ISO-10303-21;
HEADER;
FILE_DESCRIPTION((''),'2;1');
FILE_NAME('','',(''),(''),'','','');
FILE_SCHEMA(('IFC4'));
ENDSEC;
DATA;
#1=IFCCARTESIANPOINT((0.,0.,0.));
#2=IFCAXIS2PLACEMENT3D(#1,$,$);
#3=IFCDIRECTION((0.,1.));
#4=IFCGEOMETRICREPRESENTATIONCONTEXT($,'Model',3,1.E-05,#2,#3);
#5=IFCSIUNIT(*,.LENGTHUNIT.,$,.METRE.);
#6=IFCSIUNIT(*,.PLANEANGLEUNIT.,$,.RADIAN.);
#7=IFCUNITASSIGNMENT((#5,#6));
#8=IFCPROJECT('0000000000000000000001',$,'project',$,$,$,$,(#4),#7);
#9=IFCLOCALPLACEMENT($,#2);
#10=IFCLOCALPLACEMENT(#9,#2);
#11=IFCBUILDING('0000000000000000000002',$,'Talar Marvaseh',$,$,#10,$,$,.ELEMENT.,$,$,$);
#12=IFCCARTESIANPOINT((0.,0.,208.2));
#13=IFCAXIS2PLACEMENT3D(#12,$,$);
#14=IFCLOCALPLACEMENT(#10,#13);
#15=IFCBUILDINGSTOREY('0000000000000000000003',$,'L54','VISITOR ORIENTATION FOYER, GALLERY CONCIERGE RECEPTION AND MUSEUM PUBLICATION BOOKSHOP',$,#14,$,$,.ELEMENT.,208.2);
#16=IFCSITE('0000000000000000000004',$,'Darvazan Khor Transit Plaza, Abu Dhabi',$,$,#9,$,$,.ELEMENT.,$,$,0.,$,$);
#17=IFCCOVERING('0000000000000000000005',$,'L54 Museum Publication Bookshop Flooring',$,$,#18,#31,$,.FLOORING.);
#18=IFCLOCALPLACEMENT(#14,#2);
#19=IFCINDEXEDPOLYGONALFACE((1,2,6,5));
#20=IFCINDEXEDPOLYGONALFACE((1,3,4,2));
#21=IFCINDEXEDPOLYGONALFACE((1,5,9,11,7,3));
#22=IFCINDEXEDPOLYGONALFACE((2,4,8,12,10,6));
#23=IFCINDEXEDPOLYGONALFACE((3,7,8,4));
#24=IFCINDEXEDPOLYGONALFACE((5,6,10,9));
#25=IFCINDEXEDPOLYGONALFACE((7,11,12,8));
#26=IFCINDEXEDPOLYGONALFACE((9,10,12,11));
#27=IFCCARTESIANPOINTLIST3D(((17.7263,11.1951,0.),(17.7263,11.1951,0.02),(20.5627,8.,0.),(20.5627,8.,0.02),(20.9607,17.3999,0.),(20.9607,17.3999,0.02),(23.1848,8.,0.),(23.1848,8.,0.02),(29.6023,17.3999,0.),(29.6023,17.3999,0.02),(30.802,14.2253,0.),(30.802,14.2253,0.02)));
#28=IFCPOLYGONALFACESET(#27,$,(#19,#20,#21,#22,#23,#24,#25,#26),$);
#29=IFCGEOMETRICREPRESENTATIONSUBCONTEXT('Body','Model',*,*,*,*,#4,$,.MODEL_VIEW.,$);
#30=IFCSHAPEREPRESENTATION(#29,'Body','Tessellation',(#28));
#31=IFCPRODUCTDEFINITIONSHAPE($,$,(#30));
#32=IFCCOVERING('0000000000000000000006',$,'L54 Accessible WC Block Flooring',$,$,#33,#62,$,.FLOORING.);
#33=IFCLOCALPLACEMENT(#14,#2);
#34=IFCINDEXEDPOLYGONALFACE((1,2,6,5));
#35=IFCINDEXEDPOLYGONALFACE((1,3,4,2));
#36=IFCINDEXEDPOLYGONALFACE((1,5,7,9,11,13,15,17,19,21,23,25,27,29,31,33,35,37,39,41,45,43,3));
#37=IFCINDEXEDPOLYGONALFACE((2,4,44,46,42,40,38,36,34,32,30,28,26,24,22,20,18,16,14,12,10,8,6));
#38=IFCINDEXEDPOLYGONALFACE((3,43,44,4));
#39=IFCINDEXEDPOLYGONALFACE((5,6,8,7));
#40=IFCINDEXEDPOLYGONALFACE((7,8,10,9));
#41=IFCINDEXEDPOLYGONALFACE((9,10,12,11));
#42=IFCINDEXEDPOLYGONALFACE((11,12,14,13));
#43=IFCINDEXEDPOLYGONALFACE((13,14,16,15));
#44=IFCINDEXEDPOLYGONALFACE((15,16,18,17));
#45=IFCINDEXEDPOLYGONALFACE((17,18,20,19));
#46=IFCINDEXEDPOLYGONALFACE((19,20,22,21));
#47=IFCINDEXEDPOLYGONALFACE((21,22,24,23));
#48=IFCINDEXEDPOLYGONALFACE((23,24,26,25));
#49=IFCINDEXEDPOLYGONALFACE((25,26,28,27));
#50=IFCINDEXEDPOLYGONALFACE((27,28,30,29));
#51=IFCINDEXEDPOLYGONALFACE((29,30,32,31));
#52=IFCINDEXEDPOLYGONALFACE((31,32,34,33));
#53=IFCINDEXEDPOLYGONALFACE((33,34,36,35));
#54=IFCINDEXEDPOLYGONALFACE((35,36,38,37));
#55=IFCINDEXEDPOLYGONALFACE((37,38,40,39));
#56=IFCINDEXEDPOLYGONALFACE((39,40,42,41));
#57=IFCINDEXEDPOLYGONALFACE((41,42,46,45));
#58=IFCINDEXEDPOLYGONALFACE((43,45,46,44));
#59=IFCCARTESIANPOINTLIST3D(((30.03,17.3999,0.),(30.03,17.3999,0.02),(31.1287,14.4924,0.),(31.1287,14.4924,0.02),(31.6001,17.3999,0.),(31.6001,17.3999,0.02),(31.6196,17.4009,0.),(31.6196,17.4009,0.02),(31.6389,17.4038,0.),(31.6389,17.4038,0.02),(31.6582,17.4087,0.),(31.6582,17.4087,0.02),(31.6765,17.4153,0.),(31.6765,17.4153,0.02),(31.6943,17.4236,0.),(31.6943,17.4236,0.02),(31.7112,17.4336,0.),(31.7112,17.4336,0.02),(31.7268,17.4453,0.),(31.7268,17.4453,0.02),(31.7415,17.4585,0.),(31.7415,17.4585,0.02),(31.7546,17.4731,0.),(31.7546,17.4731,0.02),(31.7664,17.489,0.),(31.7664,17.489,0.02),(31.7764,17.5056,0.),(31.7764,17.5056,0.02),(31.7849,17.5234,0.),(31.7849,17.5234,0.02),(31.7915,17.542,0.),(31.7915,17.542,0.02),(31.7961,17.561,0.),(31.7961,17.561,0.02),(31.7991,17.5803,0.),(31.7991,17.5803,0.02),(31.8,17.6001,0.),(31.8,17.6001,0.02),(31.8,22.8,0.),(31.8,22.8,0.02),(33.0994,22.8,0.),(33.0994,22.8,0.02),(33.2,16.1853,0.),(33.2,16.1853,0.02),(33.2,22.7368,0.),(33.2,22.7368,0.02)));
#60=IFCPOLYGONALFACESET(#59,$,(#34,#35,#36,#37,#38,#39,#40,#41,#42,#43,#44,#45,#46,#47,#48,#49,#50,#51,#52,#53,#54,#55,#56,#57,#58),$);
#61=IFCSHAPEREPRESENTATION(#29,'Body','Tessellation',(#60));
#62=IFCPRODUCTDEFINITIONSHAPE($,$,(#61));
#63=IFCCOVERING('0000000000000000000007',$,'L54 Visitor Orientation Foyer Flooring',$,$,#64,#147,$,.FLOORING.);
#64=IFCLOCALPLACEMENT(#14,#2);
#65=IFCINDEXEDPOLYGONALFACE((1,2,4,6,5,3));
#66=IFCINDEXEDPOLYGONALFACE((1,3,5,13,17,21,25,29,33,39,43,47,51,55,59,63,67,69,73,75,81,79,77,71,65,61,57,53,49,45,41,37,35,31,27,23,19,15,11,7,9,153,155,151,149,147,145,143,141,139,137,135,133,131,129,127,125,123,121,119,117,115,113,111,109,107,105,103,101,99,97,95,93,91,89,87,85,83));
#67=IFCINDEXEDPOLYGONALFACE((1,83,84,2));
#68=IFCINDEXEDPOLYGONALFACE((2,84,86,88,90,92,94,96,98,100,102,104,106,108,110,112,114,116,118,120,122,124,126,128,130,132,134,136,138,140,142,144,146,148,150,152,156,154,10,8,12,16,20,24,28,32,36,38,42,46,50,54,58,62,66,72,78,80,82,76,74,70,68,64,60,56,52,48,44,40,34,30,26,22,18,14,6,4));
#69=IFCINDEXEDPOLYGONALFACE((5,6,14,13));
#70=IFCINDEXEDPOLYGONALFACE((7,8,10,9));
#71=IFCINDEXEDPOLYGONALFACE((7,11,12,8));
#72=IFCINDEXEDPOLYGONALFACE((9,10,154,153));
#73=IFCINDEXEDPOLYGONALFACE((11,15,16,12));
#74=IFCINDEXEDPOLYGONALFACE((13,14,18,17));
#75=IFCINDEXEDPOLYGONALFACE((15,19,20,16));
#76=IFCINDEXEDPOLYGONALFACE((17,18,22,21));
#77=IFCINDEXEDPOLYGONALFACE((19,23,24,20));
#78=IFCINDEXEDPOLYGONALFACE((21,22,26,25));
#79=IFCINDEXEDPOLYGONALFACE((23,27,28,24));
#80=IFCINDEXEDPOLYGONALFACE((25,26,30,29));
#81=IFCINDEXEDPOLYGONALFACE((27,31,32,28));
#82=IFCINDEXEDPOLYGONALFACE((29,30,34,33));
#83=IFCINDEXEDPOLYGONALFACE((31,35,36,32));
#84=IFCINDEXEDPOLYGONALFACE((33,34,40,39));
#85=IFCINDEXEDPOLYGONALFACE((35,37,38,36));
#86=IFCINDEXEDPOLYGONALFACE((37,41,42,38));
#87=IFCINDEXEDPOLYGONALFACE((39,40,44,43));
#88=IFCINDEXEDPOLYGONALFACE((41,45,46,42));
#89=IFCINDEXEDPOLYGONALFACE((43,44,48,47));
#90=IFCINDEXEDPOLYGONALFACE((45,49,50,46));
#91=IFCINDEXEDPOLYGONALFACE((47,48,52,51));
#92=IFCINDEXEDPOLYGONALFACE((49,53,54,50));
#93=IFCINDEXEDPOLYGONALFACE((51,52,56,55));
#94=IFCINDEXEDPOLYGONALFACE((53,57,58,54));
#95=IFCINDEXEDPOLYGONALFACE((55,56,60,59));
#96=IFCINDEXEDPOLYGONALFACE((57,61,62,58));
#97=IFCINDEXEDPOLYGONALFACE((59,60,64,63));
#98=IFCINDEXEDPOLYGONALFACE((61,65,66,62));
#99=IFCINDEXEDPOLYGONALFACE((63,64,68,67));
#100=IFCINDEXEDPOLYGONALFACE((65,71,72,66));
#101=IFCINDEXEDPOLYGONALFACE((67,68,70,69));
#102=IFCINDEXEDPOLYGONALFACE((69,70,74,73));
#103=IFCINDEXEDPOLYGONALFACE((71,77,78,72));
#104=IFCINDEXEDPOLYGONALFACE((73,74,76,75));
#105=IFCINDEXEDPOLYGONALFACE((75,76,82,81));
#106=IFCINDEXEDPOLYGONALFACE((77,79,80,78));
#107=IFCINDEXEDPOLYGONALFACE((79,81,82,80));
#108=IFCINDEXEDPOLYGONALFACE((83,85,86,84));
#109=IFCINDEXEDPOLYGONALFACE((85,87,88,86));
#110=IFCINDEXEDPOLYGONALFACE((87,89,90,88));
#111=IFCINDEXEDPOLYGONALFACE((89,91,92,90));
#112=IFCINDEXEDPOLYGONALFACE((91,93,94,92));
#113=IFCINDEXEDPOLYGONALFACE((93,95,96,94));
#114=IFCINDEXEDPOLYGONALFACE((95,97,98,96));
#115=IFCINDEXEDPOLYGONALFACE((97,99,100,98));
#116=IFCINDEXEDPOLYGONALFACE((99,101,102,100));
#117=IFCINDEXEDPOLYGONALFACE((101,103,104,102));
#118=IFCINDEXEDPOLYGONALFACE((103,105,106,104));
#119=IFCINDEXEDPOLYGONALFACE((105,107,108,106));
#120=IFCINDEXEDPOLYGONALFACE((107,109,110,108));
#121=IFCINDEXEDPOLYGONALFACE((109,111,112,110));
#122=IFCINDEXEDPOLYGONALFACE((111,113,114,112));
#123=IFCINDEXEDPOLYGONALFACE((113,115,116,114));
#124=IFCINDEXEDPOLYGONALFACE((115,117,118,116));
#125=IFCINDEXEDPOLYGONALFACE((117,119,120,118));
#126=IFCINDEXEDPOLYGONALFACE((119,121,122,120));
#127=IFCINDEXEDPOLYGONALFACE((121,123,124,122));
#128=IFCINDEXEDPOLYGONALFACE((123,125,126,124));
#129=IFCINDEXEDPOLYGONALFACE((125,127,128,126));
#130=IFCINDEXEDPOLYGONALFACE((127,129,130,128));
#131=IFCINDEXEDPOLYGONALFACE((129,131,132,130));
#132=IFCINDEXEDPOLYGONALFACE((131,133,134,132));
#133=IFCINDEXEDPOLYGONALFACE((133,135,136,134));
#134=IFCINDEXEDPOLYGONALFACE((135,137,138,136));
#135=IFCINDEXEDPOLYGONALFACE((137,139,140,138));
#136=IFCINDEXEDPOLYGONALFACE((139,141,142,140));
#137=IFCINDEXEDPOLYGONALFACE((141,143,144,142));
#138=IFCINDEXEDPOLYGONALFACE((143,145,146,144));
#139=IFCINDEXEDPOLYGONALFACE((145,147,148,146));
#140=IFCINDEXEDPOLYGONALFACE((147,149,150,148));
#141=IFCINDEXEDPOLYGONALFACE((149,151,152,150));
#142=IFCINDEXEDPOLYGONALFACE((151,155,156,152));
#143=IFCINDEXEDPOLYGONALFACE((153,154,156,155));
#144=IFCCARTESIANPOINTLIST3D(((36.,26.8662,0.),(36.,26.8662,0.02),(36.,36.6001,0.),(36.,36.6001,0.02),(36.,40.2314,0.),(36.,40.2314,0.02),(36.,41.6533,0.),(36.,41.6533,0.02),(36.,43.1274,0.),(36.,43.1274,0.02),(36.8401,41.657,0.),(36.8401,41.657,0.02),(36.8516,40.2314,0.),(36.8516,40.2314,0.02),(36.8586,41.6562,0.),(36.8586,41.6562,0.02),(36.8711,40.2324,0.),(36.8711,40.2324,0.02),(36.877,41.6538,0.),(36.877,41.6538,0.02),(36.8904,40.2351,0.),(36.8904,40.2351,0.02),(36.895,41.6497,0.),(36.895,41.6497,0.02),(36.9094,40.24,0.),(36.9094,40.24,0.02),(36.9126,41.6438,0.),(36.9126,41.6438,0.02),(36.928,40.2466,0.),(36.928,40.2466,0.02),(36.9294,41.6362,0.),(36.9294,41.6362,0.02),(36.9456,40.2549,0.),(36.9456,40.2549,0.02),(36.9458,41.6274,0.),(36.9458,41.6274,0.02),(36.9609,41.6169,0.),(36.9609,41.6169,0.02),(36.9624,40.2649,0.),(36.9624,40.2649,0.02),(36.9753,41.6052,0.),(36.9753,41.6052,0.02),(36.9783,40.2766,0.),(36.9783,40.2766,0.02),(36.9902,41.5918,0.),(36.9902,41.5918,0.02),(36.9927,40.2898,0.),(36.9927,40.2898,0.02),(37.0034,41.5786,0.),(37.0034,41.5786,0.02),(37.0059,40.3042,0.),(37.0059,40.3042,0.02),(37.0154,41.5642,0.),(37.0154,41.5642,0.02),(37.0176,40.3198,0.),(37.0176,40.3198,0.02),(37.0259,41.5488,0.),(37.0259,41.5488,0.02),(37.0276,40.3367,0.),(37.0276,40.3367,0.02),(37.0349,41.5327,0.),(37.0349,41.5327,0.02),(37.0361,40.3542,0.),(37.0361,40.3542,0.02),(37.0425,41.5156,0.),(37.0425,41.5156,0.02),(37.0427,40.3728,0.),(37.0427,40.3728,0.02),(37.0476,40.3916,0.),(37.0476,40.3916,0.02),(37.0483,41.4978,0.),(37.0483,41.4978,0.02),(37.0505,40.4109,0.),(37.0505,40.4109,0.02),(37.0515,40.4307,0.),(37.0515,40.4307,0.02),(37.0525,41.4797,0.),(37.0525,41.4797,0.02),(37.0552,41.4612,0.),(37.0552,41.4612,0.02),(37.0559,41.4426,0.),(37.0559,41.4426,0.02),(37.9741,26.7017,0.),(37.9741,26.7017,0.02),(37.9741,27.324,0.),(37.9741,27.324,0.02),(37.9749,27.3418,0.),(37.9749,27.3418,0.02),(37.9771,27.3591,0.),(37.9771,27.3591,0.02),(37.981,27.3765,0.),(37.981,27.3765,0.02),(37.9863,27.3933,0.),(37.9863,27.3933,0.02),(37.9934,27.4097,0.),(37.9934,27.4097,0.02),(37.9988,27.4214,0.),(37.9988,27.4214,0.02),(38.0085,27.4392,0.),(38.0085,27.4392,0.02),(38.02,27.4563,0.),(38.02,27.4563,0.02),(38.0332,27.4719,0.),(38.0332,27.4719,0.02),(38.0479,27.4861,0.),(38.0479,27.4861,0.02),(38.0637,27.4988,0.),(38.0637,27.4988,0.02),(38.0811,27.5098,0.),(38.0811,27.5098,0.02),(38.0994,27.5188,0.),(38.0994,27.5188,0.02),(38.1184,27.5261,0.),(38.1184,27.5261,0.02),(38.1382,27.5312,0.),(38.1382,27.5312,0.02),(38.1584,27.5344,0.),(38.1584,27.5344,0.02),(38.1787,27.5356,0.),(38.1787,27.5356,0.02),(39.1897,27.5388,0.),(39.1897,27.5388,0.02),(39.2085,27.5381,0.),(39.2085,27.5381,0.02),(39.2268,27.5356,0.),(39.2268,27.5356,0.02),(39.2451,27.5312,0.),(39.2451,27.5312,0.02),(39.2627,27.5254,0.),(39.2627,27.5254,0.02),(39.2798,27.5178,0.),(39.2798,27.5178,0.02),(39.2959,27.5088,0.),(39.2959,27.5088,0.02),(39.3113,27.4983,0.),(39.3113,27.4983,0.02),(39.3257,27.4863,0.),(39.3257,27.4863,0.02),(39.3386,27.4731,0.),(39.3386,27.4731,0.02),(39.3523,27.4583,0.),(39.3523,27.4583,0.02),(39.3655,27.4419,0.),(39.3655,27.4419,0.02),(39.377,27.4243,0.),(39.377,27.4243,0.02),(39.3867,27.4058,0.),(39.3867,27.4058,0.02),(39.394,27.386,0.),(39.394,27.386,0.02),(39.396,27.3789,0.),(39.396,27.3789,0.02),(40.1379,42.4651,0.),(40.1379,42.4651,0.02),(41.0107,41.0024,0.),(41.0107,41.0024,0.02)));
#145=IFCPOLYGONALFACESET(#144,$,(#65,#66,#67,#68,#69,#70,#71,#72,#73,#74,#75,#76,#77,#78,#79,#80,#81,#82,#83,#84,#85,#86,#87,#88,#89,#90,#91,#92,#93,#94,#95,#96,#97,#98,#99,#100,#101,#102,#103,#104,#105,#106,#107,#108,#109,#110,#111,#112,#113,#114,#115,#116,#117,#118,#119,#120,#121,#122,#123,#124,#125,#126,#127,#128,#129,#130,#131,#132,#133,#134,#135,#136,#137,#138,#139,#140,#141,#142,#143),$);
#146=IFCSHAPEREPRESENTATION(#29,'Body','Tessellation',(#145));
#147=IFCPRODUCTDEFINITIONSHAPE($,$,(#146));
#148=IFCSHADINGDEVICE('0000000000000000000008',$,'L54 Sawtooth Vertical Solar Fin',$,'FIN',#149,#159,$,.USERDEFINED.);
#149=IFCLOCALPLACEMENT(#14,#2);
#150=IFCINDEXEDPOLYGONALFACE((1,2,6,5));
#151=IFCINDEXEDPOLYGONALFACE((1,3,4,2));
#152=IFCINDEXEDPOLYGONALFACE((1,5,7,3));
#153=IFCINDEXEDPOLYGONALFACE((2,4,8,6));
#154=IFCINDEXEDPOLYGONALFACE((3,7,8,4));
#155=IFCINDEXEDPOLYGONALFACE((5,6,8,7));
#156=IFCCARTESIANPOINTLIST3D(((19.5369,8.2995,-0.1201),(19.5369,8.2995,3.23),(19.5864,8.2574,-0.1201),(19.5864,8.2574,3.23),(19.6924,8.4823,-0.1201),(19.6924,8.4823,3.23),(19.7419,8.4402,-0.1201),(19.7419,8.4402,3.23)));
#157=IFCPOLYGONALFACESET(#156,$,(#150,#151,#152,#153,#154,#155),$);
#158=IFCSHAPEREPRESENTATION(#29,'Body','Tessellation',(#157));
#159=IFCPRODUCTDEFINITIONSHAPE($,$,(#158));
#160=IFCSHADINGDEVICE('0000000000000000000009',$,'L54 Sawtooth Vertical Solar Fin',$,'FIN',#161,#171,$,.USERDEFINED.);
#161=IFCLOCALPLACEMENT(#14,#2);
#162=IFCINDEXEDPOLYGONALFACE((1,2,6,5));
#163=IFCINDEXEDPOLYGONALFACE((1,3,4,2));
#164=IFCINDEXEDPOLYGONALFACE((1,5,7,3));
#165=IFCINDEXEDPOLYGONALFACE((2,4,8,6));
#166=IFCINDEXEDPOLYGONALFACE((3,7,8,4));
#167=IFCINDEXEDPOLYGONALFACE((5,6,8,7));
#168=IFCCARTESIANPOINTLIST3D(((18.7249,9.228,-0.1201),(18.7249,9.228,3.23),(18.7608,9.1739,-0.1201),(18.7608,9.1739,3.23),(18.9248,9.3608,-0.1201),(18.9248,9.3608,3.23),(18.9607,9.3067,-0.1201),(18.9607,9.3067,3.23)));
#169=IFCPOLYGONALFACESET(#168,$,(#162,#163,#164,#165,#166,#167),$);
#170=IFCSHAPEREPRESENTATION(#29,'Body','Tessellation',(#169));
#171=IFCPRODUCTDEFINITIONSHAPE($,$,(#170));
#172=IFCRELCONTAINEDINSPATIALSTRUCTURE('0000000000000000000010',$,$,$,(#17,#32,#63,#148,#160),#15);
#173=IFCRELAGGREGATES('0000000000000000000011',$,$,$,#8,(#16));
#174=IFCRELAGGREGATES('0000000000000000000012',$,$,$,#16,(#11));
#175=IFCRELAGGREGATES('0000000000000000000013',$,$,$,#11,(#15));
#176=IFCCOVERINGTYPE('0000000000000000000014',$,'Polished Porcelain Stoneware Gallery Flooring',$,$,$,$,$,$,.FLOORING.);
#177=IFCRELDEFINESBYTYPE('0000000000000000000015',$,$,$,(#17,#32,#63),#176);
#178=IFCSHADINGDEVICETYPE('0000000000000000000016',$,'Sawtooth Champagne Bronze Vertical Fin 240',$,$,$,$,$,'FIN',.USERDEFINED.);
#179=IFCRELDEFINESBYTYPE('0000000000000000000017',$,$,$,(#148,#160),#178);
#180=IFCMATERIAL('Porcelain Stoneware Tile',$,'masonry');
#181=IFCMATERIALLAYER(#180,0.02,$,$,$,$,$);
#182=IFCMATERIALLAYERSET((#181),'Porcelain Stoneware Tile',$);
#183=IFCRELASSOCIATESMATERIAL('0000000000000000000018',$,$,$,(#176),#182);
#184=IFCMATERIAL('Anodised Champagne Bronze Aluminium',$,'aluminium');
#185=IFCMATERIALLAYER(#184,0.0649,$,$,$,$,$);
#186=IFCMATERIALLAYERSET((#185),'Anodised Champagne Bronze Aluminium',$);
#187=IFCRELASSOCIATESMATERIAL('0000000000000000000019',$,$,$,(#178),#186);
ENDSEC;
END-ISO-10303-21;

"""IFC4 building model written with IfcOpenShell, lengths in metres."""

from ifc_helpers import new_model, si_unit, direction, frame, origin, origin_2d, place, context, subcontext, project, spatial, polyline, rectangle, outline, extrude, source, transform, mapped, material, layer, layer_set, type_object, type_shapes, element, save


model = new_model("IFC4")

# Units and contexts
model_context = context("Model", 3, precision=1e-05, world=origin(), true_north=direction((0.0, 1.0)))
body_context = subcontext(model_context, "Body", "Model", "MODEL_VIEW")
ifc_project = project(units=[si_unit("LENGTHUNIT", "METRE"), si_unit("PLANEANGLEUNIT", "RADIAN")], contexts=[model_context])

# Site, building, storey
site_placement = place(None, origin())
site = spatial("IfcSite", under=ifc_project, at=site_placement, Name="Darvazan Khor Transit Plaza, Abu Dhabi", CompositionType="ELEMENT", RefElevation=0.0)
building_placement = place(site_placement, origin())
building = spatial("IfcBuilding", under=site, at=building_placement, Name="Talar Marvaseh", CompositionType="ELEMENT")
storey_placement = place(building_placement, frame((0.0, 0.0, 208.2)))
storey = spatial("IfcBuildingStorey", under=building, at=storey_placement, Name="L54", Description="VISITOR ORIENTATION FOYER, GALLERY CONCIERGE RECEPTION AND MUSEUM PUBLICATION BOOKSHOP", CompositionType="ELEMENT", Elevation=208.2)

# Coverings
ifc_material_1 = material(Name="Porcelain Stoneware Tile", Category="masonry")
ifc_layer_1 = layer(ifc_material_1, 0.02)
ifc_layer_set_1 = layer_set([ifc_layer_1], Name="Porcelain Stoneware Tile")
covering_type_1 = type_object("IfcCoveringType", Name="Polished Porcelain Stoneware Gallery Flooring", PredefinedType="FLOORING", material=ifc_layer_set_1)
covering_1_placement = place(storey_placement, origin())
element("IfcCovering", 1, at=covering_1_placement, inside=storey, type_object=covering_type_1, Name="L54 Museum Publication Bookshop Flooring", PredefinedType="FLOORING", context=body_context, shape_type="SweptSolid", body=[
    extrude(outline(polyline([(20.9607, 17.3999), (29.6023, 17.3999), (30.802, 14.2253), (23.1848, 8.0), (20.5627, 8.0), (17.7263, 11.1951), (20.9607, 17.3999)])), origin(), (0.0, 0.0, 1.0), 0.02),
])
covering_2_placement = place(storey_placement, origin())
element("IfcCovering", 2, at=covering_2_placement, inside=storey, type_object=covering_type_1, Name="L54 Accessible WC Block Flooring", PredefinedType="FLOORING", context=body_context, shape_type="SweptSolid", body=[
    extrude(outline(polyline([(31.6001, 17.3999), (31.6196, 17.4009), (31.6389, 17.4038), (31.6582, 17.4087), (31.6765, 17.4153), (31.6943, 17.4236), (31.7112, 17.4336), (31.7268, 17.4453), (31.7415, 17.4585), (31.7546, 17.4731), (31.7664, 17.489), (31.7764, 17.5056), (31.7849, 17.5234), (31.7915, 17.542), (31.7961, 17.561), (31.7991, 17.5803), (31.8, 17.6001), (31.8, 22.8), (33.0994, 22.8), (33.2, 22.7368), (33.2, 16.1853), (31.1287, 14.4924), (30.03, 17.3999), (31.6001, 17.3999)])), origin(), (0.0, 0.0, 1.0), 0.02),
])
covering_3_placement = place(storey_placement, origin())
element("IfcCovering", 3, at=covering_3_placement, inside=storey, type_object=covering_type_1, Name="L54 Visitor Orientation Foyer Flooring", PredefinedType="FLOORING", context=body_context, shape_type="SweptSolid", body=[
    extrude(outline(polyline([(41.0107, 41.0024), (39.396, 27.3789), (39.394, 27.386), (39.3867, 27.4058), (39.377, 27.4243), (39.3655, 27.4419), (39.3523, 27.4583), (39.3386, 27.4731), (39.3257, 27.4863), (39.3113, 27.4983), (39.2959, 27.5088), (39.2798, 27.5178), (39.2627, 27.5254), (39.2451, 27.5312), (39.2268, 27.5356), (39.2085, 27.5381), (39.1897, 27.5388), (38.1787, 27.5356), (38.1584, 27.5344), (38.1382, 27.5312), (38.1184, 27.5261), (38.0994, 27.5188), (38.0811, 27.5098), (38.0637, 27.4988), (38.0479, 27.4861), (38.0332, 27.4719), (38.02, 27.4563), (38.0085, 27.4392), (37.9988, 27.4214), (37.9934, 27.4097), (37.9863, 27.3933), (37.981, 27.3765), (37.9771, 27.3591), (37.9749, 27.3418), (37.9741, 27.324), (37.9741, 26.7017), (36.0, 26.8662), (36.0, 36.6001), (36.0, 40.2314), (36.8516, 40.2314), (36.8711, 40.2324), (36.8904, 40.2351), (36.9094, 40.24), (36.928, 40.2466), (36.9456, 40.2549), (36.9624, 40.2649), (36.9783, 40.2766), (36.9927, 40.2898), (37.0059, 40.3042), (37.0176, 40.3198), (37.0276, 40.3367), (37.0361, 40.3542), (37.0427, 40.3728), (37.0476, 40.3916), (37.0505, 40.4109), (37.0515, 40.4307), (37.0559, 41.4426), (37.0552, 41.4612), (37.0525, 41.4797), (37.0483, 41.4978), (37.0425, 41.5156), (37.0349, 41.5327), (37.0259, 41.5488), (37.0154, 41.5642), (37.0034, 41.5786), (36.9902, 41.5918), (36.9753, 41.6052), (36.9609, 41.6169), (36.9458, 41.6274), (36.9294, 41.6362), (36.9126, 41.6438), (36.895, 41.6497), (36.877, 41.6538), (36.8586, 41.6562), (36.8401, 41.657), (36.0, 41.6533), (36.0, 43.1274), (40.1379, 42.4651), (41.0107, 41.0024)])), origin(), (0.0, 0.0, 1.0), 0.02),
])

# Shading devices
ifc_material_2 = material(Name="Anodised Champagne Bronze Aluminium", Category="aluminium")
ifc_layer_2 = layer(ifc_material_2, 0.0649)
ifc_layer_set_2 = layer_set([ifc_layer_2], Name="Anodised Champagne Bronze Aluminium")
shading_device_type_1 = type_object("IfcShadingDeviceType", Name="Sawtooth Champagne Bronze Vertical Fin 240", ElementType="FIN", PredefinedType="USERDEFINED", material=ifc_layer_set_2)
shared_shape_1 = source(origin(), body_context, "Body", "SweptSolid", [
    extrude(rectangle(XDim=0.24, YDim=0.0649, at=origin_2d()), origin(), (0.0, 0.0, 1.0), 3.3501),
])
type_shapes(shading_device_type_1, [shared_shape_1])
for number, where, z_axis, x_axis, name in (
    (4, (19.6394, 8.3699, -0.1201), (0.0, 0.0, 1.0), (-0.64812, -0.761538, 0.0), "L54 Sawtooth Vertical Solar Fin"),
    (5, (18.8428, 9.2673, -0.1201), (0.0, 0.0, 1.0), (-0.832921, -0.553392, 0.0), "L54 Sawtooth Vertical Solar Fin"),
):
    element("IfcShadingDevice", number, at=place(storey_placement, frame(where, z_axis=z_axis, x_axis=x_axis)), inside=storey, type_object=shading_device_type_1, Name=name, ObjectType="FIN", PredefinedType="USERDEFINED", context=body_context, shape_type="MappedRepresentation", body=[
        mapped(shared_shape_1, transform((0.0, 0.0, 0.0), x_axis=(1.0, 0.0, 0.0), y_axis=(0.0, 1.0, 0.0), z_axis=(0.0, 0.0, 1.0), scale=1.0)),
    ])

save(model, "model.ifc")
